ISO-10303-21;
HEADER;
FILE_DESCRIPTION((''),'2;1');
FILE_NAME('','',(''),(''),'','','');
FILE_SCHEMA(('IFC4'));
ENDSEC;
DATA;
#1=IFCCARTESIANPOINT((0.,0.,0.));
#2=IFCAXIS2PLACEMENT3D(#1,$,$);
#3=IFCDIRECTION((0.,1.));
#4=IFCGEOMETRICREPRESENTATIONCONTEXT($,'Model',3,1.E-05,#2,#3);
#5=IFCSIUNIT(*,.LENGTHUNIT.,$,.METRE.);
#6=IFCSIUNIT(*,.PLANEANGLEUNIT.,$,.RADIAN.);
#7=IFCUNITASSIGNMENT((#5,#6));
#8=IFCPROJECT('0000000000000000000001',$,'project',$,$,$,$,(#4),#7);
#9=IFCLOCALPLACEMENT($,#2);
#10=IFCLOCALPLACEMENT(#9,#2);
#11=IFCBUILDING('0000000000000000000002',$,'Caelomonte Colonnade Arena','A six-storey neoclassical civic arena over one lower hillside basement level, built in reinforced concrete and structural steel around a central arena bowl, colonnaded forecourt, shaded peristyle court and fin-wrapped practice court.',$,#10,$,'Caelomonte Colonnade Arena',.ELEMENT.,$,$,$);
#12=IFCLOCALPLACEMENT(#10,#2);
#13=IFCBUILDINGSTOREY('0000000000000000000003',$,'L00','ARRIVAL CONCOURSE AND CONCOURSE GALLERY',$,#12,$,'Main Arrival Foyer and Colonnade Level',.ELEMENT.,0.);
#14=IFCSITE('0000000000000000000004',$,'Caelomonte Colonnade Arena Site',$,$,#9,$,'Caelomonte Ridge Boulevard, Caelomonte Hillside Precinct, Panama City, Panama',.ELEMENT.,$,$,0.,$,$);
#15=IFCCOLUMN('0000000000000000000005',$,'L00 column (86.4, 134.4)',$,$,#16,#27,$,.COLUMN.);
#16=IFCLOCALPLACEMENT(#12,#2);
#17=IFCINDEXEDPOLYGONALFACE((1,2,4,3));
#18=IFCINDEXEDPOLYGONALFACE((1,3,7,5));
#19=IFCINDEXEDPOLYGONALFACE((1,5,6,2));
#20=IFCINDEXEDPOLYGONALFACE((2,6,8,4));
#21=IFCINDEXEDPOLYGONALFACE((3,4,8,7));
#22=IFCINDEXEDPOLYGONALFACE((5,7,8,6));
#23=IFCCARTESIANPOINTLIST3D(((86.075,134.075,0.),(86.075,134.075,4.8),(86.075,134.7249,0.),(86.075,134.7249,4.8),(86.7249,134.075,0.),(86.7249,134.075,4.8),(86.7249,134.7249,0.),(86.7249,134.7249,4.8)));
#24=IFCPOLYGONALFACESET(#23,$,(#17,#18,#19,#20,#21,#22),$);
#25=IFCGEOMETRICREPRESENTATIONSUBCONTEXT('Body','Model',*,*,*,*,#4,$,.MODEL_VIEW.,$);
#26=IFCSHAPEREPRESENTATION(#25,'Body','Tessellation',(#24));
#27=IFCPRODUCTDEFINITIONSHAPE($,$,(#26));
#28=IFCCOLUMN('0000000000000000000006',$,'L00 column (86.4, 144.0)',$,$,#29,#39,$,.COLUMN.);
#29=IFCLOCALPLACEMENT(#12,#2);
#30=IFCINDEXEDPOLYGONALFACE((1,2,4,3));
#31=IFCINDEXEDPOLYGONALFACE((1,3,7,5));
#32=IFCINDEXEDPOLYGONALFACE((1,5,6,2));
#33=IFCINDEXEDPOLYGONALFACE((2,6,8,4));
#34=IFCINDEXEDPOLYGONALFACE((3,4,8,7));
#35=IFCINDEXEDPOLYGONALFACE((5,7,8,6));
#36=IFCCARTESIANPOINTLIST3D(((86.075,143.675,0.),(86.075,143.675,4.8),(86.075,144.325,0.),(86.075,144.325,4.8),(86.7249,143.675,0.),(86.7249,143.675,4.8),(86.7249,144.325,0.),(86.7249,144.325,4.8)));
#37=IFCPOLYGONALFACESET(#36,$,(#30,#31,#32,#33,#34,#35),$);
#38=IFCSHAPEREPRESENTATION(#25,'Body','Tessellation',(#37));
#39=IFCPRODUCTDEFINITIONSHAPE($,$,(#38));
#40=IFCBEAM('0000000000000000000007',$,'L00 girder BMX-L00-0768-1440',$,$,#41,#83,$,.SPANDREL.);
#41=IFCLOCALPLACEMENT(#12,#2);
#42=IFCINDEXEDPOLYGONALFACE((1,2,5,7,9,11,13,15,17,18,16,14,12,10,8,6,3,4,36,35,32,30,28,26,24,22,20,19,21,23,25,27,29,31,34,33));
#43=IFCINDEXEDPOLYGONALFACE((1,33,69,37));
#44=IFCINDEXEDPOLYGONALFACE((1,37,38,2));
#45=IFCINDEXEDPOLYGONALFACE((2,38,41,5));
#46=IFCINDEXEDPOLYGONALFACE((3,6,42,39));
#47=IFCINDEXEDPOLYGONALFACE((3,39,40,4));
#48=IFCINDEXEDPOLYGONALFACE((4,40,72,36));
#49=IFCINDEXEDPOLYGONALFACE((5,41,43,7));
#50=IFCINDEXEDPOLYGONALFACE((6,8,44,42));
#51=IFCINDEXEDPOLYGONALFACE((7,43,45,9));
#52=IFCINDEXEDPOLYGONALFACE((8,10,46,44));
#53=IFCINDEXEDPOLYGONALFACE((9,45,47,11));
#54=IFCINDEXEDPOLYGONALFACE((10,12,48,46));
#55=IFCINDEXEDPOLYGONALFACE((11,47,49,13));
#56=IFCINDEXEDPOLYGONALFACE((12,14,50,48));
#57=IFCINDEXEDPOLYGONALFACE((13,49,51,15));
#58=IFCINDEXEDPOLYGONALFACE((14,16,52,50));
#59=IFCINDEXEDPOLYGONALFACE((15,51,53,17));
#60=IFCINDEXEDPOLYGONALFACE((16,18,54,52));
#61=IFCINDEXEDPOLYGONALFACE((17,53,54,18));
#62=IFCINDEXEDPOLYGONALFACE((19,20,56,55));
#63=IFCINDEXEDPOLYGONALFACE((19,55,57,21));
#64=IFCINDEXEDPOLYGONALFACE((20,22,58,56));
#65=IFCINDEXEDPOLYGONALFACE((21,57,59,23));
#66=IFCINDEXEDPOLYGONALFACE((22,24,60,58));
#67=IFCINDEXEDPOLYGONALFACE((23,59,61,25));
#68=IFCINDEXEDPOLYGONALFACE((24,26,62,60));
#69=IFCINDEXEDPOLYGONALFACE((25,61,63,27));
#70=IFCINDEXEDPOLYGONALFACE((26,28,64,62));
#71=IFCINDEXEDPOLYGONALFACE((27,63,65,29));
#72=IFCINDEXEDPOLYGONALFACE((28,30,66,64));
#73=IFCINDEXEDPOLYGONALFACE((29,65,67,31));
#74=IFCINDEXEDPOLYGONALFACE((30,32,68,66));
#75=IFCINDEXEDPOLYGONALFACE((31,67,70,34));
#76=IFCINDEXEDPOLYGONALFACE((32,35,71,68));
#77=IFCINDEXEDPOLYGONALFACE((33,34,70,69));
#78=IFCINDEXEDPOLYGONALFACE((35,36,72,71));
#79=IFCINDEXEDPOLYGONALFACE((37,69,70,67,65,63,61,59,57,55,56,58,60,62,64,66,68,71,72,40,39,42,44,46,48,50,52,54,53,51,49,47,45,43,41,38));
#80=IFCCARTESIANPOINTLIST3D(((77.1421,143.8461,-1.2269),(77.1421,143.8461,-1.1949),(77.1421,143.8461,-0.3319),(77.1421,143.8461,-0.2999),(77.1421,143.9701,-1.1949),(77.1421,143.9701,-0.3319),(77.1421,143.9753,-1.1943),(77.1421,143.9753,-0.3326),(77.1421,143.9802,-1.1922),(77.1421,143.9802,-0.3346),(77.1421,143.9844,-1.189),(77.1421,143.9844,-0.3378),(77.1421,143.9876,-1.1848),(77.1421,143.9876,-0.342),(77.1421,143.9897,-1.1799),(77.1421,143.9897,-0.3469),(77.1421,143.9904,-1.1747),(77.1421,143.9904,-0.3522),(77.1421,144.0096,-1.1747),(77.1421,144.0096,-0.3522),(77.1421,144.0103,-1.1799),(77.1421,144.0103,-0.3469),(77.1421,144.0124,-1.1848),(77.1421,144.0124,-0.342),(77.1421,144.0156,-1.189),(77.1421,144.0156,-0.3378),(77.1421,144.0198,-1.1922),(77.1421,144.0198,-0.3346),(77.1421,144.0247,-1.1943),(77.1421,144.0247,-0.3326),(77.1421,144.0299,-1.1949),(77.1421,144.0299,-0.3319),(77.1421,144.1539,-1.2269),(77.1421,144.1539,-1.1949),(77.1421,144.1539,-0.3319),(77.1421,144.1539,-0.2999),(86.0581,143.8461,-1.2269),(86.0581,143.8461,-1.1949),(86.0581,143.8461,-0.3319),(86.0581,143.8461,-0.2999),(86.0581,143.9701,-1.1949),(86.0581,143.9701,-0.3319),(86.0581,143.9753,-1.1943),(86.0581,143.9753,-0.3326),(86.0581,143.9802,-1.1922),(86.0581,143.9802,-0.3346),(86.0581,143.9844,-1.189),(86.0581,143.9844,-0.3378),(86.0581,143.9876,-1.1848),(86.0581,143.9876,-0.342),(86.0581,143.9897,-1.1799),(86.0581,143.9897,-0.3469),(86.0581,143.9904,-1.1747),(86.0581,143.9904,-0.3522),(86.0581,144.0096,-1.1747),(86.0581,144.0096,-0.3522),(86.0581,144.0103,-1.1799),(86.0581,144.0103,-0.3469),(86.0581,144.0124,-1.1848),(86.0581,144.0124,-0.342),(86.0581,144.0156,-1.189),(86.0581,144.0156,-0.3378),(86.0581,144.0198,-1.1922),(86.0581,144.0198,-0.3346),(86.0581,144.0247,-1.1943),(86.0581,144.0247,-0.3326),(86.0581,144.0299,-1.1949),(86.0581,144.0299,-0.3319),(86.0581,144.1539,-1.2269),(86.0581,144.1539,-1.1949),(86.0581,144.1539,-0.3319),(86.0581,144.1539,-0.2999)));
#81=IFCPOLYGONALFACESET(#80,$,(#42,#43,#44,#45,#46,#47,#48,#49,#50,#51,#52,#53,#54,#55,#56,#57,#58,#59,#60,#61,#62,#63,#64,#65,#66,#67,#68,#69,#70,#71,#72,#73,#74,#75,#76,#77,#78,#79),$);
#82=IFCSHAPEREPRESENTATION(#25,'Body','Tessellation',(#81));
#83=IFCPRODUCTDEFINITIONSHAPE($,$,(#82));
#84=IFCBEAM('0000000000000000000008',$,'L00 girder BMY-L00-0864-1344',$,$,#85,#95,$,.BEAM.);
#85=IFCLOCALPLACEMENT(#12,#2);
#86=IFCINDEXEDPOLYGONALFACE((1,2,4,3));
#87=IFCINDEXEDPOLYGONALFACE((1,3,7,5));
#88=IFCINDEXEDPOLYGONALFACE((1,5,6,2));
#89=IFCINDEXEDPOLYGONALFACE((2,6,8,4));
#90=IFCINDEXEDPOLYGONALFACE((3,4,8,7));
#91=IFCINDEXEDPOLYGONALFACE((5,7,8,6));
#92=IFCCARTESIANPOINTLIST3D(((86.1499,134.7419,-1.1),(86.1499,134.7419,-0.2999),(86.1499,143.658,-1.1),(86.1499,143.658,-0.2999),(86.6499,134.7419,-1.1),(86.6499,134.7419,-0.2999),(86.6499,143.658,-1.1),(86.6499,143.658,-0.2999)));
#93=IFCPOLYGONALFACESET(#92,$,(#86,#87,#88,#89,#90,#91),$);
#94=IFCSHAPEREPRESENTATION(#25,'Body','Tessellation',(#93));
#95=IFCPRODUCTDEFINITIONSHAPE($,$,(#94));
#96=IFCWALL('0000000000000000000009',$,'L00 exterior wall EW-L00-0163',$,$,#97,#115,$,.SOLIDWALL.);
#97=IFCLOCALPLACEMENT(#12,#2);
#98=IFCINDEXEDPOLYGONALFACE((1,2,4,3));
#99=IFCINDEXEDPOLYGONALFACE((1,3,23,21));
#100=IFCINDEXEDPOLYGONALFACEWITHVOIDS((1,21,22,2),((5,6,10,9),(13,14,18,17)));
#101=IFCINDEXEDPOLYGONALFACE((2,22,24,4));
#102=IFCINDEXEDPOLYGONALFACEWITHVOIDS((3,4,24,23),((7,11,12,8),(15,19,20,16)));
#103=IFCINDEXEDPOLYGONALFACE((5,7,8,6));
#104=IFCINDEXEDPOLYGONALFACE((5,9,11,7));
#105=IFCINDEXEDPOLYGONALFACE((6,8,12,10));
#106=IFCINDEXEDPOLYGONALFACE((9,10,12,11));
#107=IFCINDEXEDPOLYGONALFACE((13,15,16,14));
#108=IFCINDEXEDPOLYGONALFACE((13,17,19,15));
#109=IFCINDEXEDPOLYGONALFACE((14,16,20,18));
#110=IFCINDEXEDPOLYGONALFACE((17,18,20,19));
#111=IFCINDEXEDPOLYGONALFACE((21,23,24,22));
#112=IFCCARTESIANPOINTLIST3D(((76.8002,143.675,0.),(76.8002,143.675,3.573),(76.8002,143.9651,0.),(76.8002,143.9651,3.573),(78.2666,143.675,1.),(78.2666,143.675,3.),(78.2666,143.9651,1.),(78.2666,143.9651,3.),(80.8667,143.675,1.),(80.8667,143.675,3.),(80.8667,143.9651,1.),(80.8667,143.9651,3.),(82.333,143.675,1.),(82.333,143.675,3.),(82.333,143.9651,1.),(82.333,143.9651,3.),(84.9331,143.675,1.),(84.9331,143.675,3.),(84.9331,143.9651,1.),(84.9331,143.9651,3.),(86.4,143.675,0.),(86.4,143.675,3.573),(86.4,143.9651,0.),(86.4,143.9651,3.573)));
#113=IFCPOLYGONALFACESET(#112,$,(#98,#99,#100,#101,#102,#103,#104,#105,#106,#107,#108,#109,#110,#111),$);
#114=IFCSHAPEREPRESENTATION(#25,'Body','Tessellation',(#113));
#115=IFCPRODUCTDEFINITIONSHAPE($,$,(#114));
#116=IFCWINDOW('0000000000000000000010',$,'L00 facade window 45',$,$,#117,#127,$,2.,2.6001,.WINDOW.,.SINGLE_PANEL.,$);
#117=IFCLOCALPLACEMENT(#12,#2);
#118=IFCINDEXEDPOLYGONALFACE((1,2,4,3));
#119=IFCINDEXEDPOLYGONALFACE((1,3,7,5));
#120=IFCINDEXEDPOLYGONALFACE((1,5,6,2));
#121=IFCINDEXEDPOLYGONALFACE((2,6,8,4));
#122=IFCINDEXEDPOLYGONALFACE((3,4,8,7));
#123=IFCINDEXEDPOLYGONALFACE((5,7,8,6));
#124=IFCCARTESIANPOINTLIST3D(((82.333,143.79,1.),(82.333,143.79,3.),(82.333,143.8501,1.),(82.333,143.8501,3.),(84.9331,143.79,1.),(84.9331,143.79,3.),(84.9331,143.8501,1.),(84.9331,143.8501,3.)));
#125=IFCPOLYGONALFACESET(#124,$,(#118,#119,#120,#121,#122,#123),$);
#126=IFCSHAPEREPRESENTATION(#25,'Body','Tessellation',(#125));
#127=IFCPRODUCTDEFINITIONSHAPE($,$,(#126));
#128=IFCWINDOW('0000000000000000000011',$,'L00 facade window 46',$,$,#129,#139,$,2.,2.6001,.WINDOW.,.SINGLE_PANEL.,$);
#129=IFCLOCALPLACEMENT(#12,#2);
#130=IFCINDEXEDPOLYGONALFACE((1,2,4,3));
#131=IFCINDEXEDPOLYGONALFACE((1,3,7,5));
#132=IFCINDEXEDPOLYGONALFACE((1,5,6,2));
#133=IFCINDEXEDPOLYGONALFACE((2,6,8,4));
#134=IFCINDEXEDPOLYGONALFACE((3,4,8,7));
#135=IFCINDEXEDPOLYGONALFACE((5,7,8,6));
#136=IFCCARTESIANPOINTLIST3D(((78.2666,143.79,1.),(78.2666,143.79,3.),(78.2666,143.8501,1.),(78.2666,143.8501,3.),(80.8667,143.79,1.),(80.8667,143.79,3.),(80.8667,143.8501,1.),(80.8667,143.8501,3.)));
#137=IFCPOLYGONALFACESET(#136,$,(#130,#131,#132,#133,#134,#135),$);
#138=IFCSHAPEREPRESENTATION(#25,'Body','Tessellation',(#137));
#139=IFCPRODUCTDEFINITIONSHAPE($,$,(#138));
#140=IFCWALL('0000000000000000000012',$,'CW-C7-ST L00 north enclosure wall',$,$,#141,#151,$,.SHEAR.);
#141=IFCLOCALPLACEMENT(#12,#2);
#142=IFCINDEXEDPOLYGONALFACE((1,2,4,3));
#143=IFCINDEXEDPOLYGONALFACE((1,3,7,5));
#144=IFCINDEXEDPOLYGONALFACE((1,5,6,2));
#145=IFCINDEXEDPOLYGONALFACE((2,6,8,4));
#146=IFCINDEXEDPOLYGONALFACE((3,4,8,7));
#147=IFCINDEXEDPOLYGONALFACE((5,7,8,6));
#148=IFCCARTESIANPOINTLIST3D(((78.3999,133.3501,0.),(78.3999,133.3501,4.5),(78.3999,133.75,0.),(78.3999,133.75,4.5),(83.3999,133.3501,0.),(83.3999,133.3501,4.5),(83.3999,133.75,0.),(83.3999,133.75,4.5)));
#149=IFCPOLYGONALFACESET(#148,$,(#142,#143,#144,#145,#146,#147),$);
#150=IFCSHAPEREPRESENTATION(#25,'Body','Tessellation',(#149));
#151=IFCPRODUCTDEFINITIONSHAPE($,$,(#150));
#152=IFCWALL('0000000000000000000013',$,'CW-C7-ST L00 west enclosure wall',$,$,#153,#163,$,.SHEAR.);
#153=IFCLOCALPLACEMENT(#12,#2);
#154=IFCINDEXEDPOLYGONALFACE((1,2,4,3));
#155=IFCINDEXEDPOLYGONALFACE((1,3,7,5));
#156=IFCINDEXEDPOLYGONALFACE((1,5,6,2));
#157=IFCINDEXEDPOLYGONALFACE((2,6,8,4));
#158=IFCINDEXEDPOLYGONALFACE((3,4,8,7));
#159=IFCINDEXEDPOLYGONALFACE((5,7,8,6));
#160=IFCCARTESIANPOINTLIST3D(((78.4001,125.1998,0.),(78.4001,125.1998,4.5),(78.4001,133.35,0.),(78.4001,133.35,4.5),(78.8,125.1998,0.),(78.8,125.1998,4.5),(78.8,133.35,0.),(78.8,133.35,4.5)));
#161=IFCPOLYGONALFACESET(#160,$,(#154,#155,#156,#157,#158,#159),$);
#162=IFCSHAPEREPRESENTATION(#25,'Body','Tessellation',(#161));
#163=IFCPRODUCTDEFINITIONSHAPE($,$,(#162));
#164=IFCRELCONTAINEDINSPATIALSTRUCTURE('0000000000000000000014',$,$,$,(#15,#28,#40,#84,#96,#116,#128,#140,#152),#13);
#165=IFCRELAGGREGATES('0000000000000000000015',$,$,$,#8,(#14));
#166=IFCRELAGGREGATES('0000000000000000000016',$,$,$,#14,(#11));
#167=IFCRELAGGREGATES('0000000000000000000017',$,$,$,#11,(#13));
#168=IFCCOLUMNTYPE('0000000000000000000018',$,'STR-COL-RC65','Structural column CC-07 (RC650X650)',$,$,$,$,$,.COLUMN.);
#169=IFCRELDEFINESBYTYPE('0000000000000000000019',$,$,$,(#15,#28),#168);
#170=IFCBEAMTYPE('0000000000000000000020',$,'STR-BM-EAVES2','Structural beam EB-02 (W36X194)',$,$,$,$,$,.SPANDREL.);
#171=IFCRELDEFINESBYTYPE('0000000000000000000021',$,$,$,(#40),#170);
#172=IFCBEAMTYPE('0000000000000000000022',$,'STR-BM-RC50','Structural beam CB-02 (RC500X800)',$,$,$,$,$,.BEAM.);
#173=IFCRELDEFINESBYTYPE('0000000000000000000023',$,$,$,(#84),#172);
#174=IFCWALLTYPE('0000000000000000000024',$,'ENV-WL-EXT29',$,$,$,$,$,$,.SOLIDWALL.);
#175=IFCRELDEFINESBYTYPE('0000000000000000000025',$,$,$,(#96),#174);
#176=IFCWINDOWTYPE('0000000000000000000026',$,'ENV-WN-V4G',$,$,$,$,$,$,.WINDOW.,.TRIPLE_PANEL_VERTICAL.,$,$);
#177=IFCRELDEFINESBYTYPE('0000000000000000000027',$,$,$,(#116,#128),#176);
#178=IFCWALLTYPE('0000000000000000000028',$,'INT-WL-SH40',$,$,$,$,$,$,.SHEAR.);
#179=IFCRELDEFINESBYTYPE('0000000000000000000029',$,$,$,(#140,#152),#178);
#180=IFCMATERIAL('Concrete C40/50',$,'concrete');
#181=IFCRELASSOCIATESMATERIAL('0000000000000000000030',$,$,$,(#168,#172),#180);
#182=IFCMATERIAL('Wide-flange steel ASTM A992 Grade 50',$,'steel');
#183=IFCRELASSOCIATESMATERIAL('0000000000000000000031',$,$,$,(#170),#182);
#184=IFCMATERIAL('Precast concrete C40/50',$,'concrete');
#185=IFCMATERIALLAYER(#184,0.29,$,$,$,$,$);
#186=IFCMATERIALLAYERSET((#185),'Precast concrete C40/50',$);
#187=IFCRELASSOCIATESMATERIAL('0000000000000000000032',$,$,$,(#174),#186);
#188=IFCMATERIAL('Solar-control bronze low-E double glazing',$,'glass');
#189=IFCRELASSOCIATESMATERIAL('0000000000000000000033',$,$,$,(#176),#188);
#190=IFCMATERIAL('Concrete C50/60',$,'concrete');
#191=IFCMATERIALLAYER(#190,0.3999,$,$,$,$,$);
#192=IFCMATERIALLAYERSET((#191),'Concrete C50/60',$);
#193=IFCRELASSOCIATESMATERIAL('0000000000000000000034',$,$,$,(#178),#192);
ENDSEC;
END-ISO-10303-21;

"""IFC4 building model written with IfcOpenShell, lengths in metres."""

from ifc_helpers import new_model, si_unit, direction, frame, frame_2d, origin, origin_2d, place, context, subcontext, project, spatial, rectangle, i_section, extrude, material, layer, layer_set, material_profile, profile_set, type_object, element, fill, save


model = new_model("IFC4")

# Units and contexts
model_context = context("Model", 3, precision=1e-05, world=origin(), true_north=direction((0.0, 1.0)))
body_context = subcontext(model_context, "Body", "Model", "MODEL_VIEW")
ifc_project = project(units=[si_unit("LENGTHUNIT", "METRE"), si_unit("PLANEANGLEUNIT", "RADIAN")], contexts=[model_context])

# Site, building, storey
site_placement = place(None, origin())
site = spatial("IfcSite", under=ifc_project, at=site_placement, Name="Caelomonte Colonnade Arena Site", LongName="Caelomonte Ridge Boulevard, Caelomonte Hillside Precinct, Panama City, Panama", CompositionType="ELEMENT", RefElevation=0.0)
building_placement = place(site_placement, origin())
building = spatial("IfcBuilding", under=site, at=building_placement, Name="Caelomonte Colonnade Arena", Description="A six-storey neoclassical civic arena over one lower hillside basement level, built in reinforced concrete and structural steel around a central arena bowl, colonnaded forecourt, shaded peristyle court and fin-wrapped practice court.", LongName="Caelomonte Colonnade Arena", CompositionType="ELEMENT")
storey_placement = place(building_placement, origin())
storey = spatial("IfcBuildingStorey", under=building, at=storey_placement, Name="L00", Description="ARRIVAL CONCOURSE AND CONCOURSE GALLERY", LongName="Main Arrival Foyer and Colonnade Level", CompositionType="ELEMENT", Elevation=0.0)

# Columns
ifc_material_1 = material(Name="Concrete C40/50", Category="concrete")
ifc_material_profile_1 = material_profile(ifc_material_1, rectangle(XDim=0.6499, YDim=0.6499, at=origin_2d()), Name="RC650X650")
ifc_profile_set_1 = profile_set([ifc_material_profile_1], Name="Concrete C40/50")
column_type = type_object("IfcColumnType", Name="STR-COL-RC65", Description="Structural column CC-07 (RC650X650)", PredefinedType="COLUMN", material=ifc_profile_set_1)
for number, where, z_axis, x_axis, name in (
    (1, (86.3999, 134.3999, 0.0), (0.0, 0.0, 1.0), (1.0, 0.0, 0.0), "L00 column (86.4, 134.4)"),
    (2, (86.3999, 144.0, 0.0), (0.0, 0.0, 1.0), (1.0, 0.0, 0.0), "L00 column (86.4, 144.0)"),
):
    element("IfcColumn", number, at=place(storey_placement, frame(where, z_axis=z_axis, x_axis=x_axis)), inside=storey, type_object=column_type, Name=name, PredefinedType="COLUMN", context=body_context, shape_type="SweptSolid", body=[
        extrude(rectangle(XDim=0.6499, YDim=0.6499, at=origin_2d()), origin(), (0.0, 0.0, 1.0), 4.8),
    ])

# Beams
ifc_material_2 = material(Name="Wide-flange steel ASTM A992 Grade 50", Category="steel")
ifc_material_profile_2 = material_profile(ifc_material_2, i_section(OverallWidth=0.3079, OverallDepth=0.927, WebThickness=0.0193, FlangeThickness=0.032, FilletRadius=0.0203, at=origin_2d()), Name="W36X194")
ifc_profile_set_2 = profile_set([ifc_material_profile_2], Name="Wide-flange steel ASTM A992 Grade 50")
beam_type_1 = type_object("IfcBeamType", Name="STR-BM-EAVES2", Description="Structural beam EB-02 (W36X194)", PredefinedType="SPANDREL", material=ifc_profile_set_2)
beam_1_placement = place(storey_placement, frame((77.1421, 144.0, -0.7634), z_axis=(1.0, 0.0, 0.0), x_axis=(0.0, 1.0, 0.0)))
element("IfcBeam", 3, at=beam_1_placement, inside=storey, type_object=beam_type_1, Name="L00 girder BMX-L00-0768-1440", PredefinedType="SPANDREL", context=body_context, shape_type="SweptSolid", body=[
    extrude(i_section(OverallWidth=0.3079, OverallDepth=0.927, WebThickness=0.0193, FlangeThickness=0.032, FilletRadius=0.0203, at=origin_2d()), origin(), (0.0, 0.0, 1.0), 8.916),
])
ifc_material_profile_3 = material_profile(ifc_material_1, rectangle(XDim=0.5, YDim=0.8, at=origin_2d()), Name="RC500X800")
ifc_profile_set_3 = profile_set([ifc_material_profile_3], Name="Concrete C40/50")
beam_type_2 = type_object("IfcBeamType", Name="STR-BM-RC50", Description="Structural beam CB-02 (RC500X800)", PredefinedType="BEAM", material=ifc_profile_set_3)
beam_2_placement = place(storey_placement, frame((86.3999, 134.7419, -0.7), z_axis=(0.0, 1.0, 0.0), x_axis=(-1.0, 0.0, 0.0)))
element("IfcBeam", 4, at=beam_2_placement, inside=storey, type_object=beam_type_2, Name="L00 girder BMY-L00-0864-1344", PredefinedType="BEAM", context=body_context, shape_type="SweptSolid", body=[
    extrude(rectangle(XDim=0.5, YDim=0.8, at=origin_2d()), origin(), (0.0, 0.0, 1.0), 8.916),
])

# Wall, openings, windows
ifc_material_3 = material(Name="Precast concrete C40/50", Category="concrete")
ifc_layer_1 = layer(ifc_material_3, 0.29)
ifc_layer_set_1 = layer_set([ifc_layer_1], Name="Precast concrete C40/50")
wall_type_1 = type_object("IfcWallType", Name="ENV-WL-EXT29", PredefinedType="SOLIDWALL", material=ifc_layer_set_1)
wall_1_placement = place(storey_placement, frame((86.3999, 143.8201, 0.0), z_axis=(0.0, 0.0, 1.0), x_axis=(-1.0, 0.0, 0.0)))
wall_1 = element("IfcWall", 5, at=wall_1_placement, inside=storey, type_object=wall_type_1, Name="L00 exterior wall EW-L00-0163", PredefinedType="SOLIDWALL", context=body_context, shape_type="SweptSolid", body=[
    extrude(rectangle(XDim=9.5999, YDim=0.29, at=frame_2d((4.7998, 0.0))), origin(), (0.0, 0.0, 1.0), 3.573),
])
opening_1_placement = place(wall_1_placement, frame((4.0669, 0.0, 1.0), z_axis=(0.0, 0.0, 1.0), x_axis=(-1.0, 0.0, 0.0)))
opening_1 = element("IfcOpeningElement", 6, at=opening_1_placement, cuts=wall_1, PredefinedType="OPENING", context=body_context, shape_type="SweptSolid", body=[
    extrude(rectangle(XDim=2.6001, YDim=2.0, at=frame_2d((1.3, 1.0))), frame((0.0, 0.155, 0.0), z_axis=(0.0, -1.0, 0.0), x_axis=(1.0, 0.0, 0.0)), (0.0, 0.0, 1.0), 0.3101),
])
opening_2_placement = place(wall_1_placement, frame((8.1333, 0.0, 1.0), z_axis=(0.0, 0.0, 1.0), x_axis=(-1.0, 0.0, 0.0)))
opening_2 = element("IfcOpeningElement", 7, at=opening_2_placement, cuts=wall_1, PredefinedType="OPENING", context=body_context, shape_type="SweptSolid", body=[
    extrude(rectangle(XDim=2.6001, YDim=2.0, at=frame_2d((1.3, 1.0))), frame((0.0, 0.155, 0.0), z_axis=(0.0, -1.0, 0.0), x_axis=(1.0, 0.0, 0.0)), (0.0, 0.0, 1.0), 0.3101),
])
ifc_material_4 = material(Name="Solar-control bronze low-E double glazing", Category="glass")
window_type = type_object("IfcWindowType", Name="ENV-WN-V4G", PartitioningType="TRIPLE_PANEL_VERTICAL", PredefinedType="WINDOW", material=ifc_material_4)
window_1_placement = place(opening_1_placement, origin())
window_1 = element("IfcWindow", 8, at=window_1_placement, inside=storey, type_object=window_type, Name="L00 facade window 45", OverallHeight=2.0, OverallWidth=2.6001, PartitioningType="SINGLE_PANEL", PredefinedType="WINDOW", context=body_context, shape_type="SweptSolid", body=[
    extrude(rectangle(XDim=2.6001, YDim=2.0, at=frame_2d((1.3, 1.0))), frame((0.0, 0.03, 0.0), z_axis=(0.0, -1.0, 0.0), x_axis=(1.0, 0.0, 0.0)), (0.0, 0.0, 1.0), 0.0601),
])
fill(opening_1, window_1)
window_2_placement = place(opening_2_placement, origin())
window_2 = element("IfcWindow", 9, at=window_2_placement, inside=storey, type_object=window_type, Name="L00 facade window 46", OverallHeight=2.0, OverallWidth=2.6001, PartitioningType="SINGLE_PANEL", PredefinedType="WINDOW", context=body_context, shape_type="SweptSolid", body=[
    extrude(rectangle(XDim=2.6001, YDim=2.0, at=frame_2d((1.3, 1.0))), frame((0.0, 0.03, 0.0), z_axis=(0.0, -1.0, 0.0), x_axis=(1.0, 0.0, 0.0)), (0.0, 0.0, 1.0), 0.0601),
])
fill(opening_2, window_2)

# Walls
ifc_material_5 = material(Name="Concrete C50/60", Category="concrete")
ifc_layer_2 = layer(ifc_material_5, 0.3999)
ifc_layer_set_2 = layer_set([ifc_layer_2], Name="Concrete C50/60")
wall_type_2 = type_object("IfcWallType", Name="INT-WL-SH40", PredefinedType="SHEAR", material=ifc_layer_set_2)
wall_2_placement = place(storey_placement, frame((83.3999, 133.55, 0.0), z_axis=(0.0, 0.0, 1.0), x_axis=(-1.0, 0.0, 0.0)))
element("IfcWall", 10, at=wall_2_placement, inside=storey, type_object=wall_type_2, Name="CW-C7-ST L00 north enclosure wall", PredefinedType="SHEAR", context=body_context, shape_type="SweptSolid", body=[
    extrude(rectangle(XDim=5.0, YDim=0.3999, at=frame_2d((2.5, 0.0))), origin(), (0.0, 0.0, 1.0), 4.5),
])
wall_3_placement = place(storey_placement, frame((78.6001, 133.3501, 0.0), z_axis=(0.0, 0.0, 1.0), x_axis=(0.0, -1.0, 0.0)))
element("IfcWall", 11, at=wall_3_placement, inside=storey, type_object=wall_type_2, Name="CW-C7-ST L00 west enclosure wall", PredefinedType="SHEAR", context=body_context, shape_type="SweptSolid", body=[
    extrude(rectangle(XDim=8.1501, YDim=0.3999, at=frame_2d((4.0752, 0.0))), origin(), (0.0, 0.0, 1.0), 4.5),
])

save(model, "model.ifc")
